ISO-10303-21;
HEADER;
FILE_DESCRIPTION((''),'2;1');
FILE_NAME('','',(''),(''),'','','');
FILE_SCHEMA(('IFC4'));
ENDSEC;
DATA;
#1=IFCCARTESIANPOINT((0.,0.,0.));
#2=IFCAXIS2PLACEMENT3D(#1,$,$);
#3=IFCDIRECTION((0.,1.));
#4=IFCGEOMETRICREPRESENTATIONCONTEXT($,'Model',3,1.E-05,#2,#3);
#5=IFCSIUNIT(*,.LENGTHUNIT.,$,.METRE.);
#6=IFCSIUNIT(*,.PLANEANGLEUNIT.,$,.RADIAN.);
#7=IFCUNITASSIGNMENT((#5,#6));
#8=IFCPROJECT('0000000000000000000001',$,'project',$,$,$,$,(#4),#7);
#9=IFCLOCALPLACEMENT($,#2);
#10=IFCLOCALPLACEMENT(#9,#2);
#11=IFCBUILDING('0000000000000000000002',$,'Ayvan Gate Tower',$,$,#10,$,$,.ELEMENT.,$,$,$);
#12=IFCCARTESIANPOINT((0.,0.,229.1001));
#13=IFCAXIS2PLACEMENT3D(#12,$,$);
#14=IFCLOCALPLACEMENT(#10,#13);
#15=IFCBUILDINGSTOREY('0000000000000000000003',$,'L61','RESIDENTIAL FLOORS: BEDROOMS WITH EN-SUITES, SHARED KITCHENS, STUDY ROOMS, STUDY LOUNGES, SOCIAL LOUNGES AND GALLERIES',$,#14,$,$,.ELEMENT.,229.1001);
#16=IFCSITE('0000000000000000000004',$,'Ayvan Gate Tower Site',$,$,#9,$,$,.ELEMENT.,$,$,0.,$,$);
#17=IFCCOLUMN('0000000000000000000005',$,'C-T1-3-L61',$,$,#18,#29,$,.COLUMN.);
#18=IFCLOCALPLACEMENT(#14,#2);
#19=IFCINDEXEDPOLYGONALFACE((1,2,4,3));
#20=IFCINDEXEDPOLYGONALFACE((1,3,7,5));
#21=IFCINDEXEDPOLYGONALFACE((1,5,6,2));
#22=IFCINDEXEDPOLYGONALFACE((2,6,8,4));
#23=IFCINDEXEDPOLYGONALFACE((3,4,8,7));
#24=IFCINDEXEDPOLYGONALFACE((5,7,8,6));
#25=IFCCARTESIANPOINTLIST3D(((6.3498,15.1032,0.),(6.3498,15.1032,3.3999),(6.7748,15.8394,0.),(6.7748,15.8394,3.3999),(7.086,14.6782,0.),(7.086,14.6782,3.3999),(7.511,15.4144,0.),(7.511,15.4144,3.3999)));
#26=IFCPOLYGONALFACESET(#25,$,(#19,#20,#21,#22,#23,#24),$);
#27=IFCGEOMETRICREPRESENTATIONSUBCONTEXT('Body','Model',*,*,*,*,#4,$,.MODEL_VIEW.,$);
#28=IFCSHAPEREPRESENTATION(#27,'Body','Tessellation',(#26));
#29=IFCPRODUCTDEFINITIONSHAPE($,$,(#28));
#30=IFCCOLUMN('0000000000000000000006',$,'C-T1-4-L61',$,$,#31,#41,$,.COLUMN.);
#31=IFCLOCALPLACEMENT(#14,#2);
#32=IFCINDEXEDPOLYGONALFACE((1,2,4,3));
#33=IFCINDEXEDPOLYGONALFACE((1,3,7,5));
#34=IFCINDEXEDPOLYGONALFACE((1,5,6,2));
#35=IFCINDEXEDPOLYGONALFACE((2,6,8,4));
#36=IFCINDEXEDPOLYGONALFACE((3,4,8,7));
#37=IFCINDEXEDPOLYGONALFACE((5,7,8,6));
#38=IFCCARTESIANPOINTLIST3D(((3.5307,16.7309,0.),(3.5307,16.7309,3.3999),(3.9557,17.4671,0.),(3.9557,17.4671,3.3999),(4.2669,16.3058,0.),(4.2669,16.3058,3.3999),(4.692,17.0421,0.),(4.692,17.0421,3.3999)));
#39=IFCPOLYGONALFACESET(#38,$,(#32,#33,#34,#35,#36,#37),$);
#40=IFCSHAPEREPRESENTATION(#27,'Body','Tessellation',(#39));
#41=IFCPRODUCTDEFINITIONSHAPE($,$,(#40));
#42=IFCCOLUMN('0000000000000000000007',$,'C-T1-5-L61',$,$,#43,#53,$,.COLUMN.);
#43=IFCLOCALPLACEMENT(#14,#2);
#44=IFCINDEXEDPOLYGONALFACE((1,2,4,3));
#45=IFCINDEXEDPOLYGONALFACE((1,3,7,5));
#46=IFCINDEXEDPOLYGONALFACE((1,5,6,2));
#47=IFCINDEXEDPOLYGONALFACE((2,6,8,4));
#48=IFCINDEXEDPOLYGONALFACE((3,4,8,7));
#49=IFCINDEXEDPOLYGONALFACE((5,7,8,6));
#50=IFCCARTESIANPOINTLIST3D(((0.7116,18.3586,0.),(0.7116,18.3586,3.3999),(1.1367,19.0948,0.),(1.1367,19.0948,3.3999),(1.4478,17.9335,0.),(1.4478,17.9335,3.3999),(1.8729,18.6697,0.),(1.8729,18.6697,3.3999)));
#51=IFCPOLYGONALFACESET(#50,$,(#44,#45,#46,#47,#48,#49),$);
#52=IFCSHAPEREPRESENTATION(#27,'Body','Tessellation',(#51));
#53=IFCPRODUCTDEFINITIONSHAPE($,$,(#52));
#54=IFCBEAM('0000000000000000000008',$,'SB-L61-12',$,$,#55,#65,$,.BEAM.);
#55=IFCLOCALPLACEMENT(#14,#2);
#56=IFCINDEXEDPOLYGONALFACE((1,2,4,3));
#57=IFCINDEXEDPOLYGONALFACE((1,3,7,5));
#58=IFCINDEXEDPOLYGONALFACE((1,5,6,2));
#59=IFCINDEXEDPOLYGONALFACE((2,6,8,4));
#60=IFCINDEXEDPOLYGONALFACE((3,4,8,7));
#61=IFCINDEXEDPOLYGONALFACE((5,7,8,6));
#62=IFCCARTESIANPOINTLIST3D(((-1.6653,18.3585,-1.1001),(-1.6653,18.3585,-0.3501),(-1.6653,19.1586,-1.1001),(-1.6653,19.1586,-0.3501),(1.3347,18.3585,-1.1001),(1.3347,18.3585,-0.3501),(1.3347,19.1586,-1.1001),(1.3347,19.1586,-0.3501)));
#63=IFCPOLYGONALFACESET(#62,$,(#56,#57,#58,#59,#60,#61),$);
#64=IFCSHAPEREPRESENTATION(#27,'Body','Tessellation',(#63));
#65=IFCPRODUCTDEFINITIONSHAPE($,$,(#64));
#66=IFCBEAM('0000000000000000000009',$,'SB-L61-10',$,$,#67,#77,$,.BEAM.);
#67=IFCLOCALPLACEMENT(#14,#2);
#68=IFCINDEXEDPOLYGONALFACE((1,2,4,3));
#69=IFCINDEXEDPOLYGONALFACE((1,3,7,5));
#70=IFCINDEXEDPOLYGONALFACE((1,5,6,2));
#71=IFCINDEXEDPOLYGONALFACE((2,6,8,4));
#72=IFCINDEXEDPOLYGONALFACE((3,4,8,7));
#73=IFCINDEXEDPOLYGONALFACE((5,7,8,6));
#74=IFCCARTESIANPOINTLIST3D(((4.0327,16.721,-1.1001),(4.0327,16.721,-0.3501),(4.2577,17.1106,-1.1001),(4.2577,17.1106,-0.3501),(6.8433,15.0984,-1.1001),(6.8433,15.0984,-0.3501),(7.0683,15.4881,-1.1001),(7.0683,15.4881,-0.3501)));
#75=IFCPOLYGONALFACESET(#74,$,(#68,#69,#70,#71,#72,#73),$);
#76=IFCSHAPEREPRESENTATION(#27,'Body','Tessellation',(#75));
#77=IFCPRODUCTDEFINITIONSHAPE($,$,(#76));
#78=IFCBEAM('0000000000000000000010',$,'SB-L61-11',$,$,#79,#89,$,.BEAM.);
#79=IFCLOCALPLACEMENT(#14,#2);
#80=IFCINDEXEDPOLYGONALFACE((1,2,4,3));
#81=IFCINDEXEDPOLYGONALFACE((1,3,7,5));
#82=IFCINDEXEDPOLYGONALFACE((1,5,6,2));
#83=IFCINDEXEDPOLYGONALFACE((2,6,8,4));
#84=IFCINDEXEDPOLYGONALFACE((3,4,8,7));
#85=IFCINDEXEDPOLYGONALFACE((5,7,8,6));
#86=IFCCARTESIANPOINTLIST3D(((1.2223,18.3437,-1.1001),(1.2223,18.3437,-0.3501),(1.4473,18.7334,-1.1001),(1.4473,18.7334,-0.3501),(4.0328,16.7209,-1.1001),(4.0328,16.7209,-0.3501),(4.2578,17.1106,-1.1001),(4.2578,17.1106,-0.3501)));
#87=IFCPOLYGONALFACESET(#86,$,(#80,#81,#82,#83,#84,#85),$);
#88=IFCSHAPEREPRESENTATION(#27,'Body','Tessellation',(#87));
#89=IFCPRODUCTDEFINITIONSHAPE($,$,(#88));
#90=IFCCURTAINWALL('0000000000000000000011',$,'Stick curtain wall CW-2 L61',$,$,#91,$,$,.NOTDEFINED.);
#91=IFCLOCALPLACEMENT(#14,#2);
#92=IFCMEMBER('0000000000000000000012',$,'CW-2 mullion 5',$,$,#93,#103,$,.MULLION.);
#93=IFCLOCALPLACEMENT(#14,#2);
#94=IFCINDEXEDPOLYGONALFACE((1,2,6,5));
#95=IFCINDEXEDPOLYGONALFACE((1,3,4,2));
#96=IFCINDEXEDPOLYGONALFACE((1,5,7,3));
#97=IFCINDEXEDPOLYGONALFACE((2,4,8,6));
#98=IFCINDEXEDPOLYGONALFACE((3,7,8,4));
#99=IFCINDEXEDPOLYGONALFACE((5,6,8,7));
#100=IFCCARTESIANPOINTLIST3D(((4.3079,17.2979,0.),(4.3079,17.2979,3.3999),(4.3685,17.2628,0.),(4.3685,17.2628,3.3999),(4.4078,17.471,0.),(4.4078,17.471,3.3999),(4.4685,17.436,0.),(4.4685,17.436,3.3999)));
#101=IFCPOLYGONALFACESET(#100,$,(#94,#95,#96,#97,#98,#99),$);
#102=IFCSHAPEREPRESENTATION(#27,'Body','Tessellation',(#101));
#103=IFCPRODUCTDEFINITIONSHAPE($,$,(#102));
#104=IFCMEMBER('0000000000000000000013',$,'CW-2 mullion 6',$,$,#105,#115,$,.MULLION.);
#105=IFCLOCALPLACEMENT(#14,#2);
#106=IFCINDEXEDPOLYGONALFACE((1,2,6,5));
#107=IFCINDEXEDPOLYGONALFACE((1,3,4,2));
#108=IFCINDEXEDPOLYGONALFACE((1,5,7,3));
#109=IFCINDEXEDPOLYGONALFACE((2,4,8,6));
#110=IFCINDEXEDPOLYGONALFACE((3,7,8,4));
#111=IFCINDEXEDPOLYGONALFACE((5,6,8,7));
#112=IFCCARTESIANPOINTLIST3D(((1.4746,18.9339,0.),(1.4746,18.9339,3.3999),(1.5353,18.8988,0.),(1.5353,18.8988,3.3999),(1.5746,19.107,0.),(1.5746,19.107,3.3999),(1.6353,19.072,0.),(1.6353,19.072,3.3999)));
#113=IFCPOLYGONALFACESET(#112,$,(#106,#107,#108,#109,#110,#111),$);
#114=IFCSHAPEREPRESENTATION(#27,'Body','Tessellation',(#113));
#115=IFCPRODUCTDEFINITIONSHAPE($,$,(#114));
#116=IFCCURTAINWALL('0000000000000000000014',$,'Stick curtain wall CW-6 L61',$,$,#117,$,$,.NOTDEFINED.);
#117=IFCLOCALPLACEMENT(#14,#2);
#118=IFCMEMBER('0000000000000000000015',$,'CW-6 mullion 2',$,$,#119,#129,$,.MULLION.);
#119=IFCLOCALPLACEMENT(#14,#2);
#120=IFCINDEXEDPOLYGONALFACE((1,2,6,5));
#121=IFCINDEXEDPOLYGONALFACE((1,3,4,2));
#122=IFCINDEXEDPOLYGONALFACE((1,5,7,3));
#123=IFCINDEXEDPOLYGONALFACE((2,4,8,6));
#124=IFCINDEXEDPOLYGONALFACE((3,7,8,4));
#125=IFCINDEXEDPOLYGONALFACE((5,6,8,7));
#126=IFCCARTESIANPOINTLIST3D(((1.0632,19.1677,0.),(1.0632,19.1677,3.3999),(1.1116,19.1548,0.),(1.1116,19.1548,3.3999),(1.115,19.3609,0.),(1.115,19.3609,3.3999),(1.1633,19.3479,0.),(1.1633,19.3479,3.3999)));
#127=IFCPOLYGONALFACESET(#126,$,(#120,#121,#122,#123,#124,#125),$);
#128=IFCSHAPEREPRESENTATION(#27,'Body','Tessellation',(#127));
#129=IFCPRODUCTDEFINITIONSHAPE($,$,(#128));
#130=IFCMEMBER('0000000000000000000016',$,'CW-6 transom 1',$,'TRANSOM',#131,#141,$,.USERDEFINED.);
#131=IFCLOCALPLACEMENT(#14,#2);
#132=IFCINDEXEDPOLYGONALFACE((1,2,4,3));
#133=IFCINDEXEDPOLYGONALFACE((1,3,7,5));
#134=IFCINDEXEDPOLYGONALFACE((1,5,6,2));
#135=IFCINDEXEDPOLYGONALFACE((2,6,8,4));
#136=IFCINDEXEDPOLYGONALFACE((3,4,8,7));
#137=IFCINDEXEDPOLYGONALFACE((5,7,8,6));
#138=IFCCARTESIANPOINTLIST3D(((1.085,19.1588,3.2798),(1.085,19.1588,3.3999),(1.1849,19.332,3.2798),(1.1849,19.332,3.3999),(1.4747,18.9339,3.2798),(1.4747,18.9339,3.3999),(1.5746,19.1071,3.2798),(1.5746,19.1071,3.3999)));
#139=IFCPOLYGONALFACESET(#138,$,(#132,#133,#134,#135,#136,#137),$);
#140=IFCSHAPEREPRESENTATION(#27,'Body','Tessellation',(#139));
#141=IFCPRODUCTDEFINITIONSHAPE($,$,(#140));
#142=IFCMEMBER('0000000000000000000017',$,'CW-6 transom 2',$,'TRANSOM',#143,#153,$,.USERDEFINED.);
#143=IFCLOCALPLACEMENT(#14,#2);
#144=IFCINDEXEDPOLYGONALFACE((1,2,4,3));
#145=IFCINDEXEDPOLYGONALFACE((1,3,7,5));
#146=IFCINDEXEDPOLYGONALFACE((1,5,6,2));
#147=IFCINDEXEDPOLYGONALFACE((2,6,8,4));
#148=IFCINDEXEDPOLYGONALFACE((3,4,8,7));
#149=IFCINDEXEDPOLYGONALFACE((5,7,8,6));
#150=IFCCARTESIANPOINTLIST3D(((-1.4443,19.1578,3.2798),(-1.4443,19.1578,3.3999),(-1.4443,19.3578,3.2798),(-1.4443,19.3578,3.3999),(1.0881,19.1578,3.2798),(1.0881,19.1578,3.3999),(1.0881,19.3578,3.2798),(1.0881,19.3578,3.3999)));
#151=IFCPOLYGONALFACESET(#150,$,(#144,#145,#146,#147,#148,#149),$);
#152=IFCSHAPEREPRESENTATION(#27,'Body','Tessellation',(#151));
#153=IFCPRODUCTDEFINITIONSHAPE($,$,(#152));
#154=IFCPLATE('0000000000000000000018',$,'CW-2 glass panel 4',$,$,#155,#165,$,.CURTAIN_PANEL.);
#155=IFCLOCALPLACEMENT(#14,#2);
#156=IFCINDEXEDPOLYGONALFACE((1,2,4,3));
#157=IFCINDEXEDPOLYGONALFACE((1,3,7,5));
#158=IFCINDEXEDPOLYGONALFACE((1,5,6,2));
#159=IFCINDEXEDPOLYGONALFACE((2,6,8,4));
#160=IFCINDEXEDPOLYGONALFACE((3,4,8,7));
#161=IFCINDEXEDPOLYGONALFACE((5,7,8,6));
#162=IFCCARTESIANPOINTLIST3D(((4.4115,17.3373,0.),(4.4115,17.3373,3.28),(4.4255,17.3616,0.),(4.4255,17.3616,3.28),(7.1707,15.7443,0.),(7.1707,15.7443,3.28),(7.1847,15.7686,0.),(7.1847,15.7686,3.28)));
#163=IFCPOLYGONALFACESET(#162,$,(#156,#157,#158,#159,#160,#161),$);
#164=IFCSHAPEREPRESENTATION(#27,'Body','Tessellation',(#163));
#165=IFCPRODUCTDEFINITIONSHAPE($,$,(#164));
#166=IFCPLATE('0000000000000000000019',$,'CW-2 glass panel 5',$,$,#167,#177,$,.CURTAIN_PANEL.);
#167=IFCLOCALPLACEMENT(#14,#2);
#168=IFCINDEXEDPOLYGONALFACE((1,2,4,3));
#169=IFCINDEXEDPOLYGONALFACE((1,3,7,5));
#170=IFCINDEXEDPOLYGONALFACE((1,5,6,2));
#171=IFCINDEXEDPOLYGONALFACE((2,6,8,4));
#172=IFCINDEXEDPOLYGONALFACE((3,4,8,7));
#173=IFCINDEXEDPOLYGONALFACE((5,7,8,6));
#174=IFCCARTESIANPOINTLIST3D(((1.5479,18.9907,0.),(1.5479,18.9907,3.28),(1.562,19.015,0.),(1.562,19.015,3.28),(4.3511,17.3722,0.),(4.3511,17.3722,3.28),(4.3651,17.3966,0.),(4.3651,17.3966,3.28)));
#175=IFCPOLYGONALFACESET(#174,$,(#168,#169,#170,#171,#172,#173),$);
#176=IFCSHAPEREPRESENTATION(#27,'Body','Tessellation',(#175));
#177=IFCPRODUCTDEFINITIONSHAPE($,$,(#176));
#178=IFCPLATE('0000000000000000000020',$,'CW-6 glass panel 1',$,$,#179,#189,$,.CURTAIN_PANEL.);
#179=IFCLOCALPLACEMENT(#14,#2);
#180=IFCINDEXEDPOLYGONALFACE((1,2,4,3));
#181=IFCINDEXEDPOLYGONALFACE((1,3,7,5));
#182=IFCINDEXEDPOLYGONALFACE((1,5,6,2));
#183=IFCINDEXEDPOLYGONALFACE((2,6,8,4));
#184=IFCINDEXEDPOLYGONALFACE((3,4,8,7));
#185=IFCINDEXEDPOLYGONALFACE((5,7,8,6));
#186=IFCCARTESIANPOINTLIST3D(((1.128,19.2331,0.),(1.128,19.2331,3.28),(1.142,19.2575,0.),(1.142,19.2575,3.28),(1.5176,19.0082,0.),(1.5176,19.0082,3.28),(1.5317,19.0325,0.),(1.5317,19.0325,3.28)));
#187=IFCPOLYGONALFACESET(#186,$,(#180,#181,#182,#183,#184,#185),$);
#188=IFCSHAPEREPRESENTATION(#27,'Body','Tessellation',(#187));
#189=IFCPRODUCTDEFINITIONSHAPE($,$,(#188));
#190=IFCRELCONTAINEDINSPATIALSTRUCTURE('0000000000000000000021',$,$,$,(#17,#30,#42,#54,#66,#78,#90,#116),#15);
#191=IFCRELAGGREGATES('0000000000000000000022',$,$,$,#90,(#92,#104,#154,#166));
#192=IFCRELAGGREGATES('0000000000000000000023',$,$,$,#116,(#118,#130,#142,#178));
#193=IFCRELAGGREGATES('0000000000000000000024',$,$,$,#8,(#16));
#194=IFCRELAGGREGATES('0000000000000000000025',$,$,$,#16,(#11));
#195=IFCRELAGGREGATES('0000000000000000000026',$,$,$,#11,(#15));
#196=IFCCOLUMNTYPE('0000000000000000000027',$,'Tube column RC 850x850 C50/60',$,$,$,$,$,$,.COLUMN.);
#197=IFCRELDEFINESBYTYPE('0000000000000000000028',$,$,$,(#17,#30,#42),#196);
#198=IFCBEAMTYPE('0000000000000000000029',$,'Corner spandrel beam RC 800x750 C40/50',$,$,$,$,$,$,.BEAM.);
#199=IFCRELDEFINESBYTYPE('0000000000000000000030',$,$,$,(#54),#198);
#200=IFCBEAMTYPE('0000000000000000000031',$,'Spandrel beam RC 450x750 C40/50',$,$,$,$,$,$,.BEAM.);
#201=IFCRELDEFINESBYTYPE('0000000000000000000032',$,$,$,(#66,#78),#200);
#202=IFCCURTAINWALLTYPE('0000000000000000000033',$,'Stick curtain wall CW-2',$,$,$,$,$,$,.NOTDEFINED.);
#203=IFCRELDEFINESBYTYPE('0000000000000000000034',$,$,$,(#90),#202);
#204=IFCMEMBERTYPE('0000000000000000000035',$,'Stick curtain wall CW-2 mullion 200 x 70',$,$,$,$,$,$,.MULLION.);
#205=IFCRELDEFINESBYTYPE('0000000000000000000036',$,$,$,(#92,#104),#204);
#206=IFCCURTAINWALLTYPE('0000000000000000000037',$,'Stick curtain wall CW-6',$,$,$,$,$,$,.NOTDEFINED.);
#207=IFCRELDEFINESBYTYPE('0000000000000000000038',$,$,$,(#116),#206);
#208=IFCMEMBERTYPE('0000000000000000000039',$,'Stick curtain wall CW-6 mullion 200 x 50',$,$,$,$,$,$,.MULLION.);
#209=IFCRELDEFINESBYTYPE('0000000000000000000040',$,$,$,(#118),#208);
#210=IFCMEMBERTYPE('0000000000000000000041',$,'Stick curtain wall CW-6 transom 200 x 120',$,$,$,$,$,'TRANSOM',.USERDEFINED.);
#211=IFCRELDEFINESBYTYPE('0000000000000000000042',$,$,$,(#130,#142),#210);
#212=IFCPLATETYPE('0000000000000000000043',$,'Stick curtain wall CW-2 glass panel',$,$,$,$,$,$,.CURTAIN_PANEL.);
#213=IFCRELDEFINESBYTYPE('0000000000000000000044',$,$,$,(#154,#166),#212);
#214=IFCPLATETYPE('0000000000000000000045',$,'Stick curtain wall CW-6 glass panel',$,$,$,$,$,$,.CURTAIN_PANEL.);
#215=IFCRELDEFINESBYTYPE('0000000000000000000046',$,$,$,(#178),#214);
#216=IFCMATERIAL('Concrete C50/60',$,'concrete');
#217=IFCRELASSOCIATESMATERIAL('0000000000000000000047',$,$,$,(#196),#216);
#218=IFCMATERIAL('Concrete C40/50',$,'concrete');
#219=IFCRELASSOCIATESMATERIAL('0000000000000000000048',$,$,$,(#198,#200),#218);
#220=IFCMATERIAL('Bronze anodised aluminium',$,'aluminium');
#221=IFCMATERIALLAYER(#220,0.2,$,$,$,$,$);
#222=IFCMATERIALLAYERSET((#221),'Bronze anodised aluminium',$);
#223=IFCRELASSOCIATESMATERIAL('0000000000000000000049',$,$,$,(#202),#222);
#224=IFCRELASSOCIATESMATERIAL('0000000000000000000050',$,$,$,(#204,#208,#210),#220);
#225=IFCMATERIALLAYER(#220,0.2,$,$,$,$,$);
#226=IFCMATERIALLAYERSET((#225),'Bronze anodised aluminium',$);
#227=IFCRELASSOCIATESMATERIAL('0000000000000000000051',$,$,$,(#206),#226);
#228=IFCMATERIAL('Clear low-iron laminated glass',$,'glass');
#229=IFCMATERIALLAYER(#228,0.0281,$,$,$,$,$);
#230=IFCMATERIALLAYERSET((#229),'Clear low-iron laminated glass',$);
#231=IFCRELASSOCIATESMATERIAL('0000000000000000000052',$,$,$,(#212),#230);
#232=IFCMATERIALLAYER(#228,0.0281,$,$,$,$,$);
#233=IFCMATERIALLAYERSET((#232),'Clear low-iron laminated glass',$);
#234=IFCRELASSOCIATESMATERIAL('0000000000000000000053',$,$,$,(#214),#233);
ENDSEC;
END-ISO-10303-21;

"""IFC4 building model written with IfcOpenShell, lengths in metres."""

from ifc_helpers import new_model, si_unit, direction, frame, origin, origin_2d, place, context, subcontext, project, spatial, rectangle, extrude, material, layer, layer_set, material_profile, profile_set, type_object, element, aggregate, save


model = new_model("IFC4")

# Units and contexts
model_context = context("Model", 3, precision=1e-05, world=origin(), true_north=direction((0.0, 1.0)))
body_context = subcontext(model_context, "Body", "Model", "MODEL_VIEW")
ifc_project = project(units=[si_unit("LENGTHUNIT", "METRE"), si_unit("PLANEANGLEUNIT", "RADIAN")], contexts=[model_context])

# Site, building, storey
site_placement = place(None, origin())
site = spatial("IfcSite", under=ifc_project, at=site_placement, Name="Ayvan Gate Tower Site", CompositionType="ELEMENT", RefElevation=0.0)
building_placement = place(site_placement, origin())
building = spatial("IfcBuilding", under=site, at=building_placement, Name="Ayvan Gate Tower", CompositionType="ELEMENT")
storey_placement = place(building_placement, frame((0.0, 0.0, 229.1001)))
storey = spatial("IfcBuildingStorey", under=building, at=storey_placement, Name="L61", Description="RESIDENTIAL FLOORS: BEDROOMS WITH EN-SUITES, SHARED KITCHENS, STUDY ROOMS, STUDY LOUNGES, SOCIAL LOUNGES AND GALLERIES", CompositionType="ELEMENT", Elevation=229.1001)

# Columns
ifc_material_1 = material(Name="Concrete C50/60", Category="concrete")
ifc_material_profile_1 = material_profile(ifc_material_1, rectangle(XDim=0.8501, YDim=0.8501, at=origin_2d()), Name="RC 850x850")
ifc_profile_set_1 = profile_set([ifc_material_profile_1], Name="Concrete C50/60")
column_type = type_object("IfcColumnType", Name="Tube column RC 850x850 C50/60", PredefinedType="COLUMN", material=ifc_profile_set_1)
for number, where, z_axis, x_axis, name in (
    (1, (6.9304, 15.2588, 0.0), (0.0, 0.0, 1.0), (0.5, 0.866025, 0.0), "C-T1-3-L61"),
    (2, (4.1113, 16.8865, 0.0), (0.0, 0.0, 1.0), (0.5, 0.866025, 0.0), "C-T1-4-L61"),
    (3, (1.2922, 18.5142, 0.0), (0.0, 0.0, 1.0), (0.5, 0.866025, 0.0), "C-T1-5-L61"),
):
    element("IfcColumn", number, at=place(storey_placement, frame(where, z_axis=z_axis, x_axis=x_axis)), inside=storey, type_object=column_type, Name=name, PredefinedType="COLUMN", context=body_context, shape_type="SweptSolid", body=[
        extrude(rectangle(XDim=0.8501, YDim=0.8501, at=origin_2d()), origin(), (0.0, 0.0, 1.0), 3.3999),
    ])

# Beams
ifc_material_2 = material(Name="Concrete C40/50", Category="concrete")
ifc_material_profile_2 = material_profile(ifc_material_2, rectangle(XDim=0.8, YDim=0.75, at=origin_2d()), Name="RC 800x750")
ifc_profile_set_2 = profile_set([ifc_material_profile_2], Name="Concrete C40/50")
beam_type_1 = type_object("IfcBeamType", Name="Corner spandrel beam RC 800x750 C40/50", PredefinedType="BEAM", material=ifc_profile_set_2)
beam_placement = place(storey_placement, frame((1.3347, 18.7585, -0.7251), z_axis=(-1.0, 0.0, 0.0), x_axis=(0.0, -1.0, 0.0)))
element("IfcBeam", 4, at=beam_placement, inside=storey, type_object=beam_type_1, Name="SB-L61-12", PredefinedType="BEAM", context=body_context, shape_type="SweptSolid", body=[
    extrude(rectangle(XDim=0.8, YDim=0.75, at=origin_2d()), origin(), (0.0, 0.0, 1.0), 3.0),
])
ifc_material_profile_3 = material_profile(ifc_material_2, rectangle(XDim=0.45, YDim=0.75, at=origin_2d()), Name="RC 450x750")
ifc_profile_set_3 = profile_set([ifc_material_profile_3], Name="Concrete C40/50")
beam_type_2 = type_object("IfcBeamType", Name="Spandrel beam RC 450x750 C40/50", PredefinedType="BEAM", material=ifc_profile_set_3)
for number, where, z_axis, x_axis, name in (
    (5, (6.9558, 15.2932, -0.7251), (-0.86604, 0.499974, 0.0), (-0.499974, -0.86604, 0.0), "SB-L61-10"),
    (6, (4.1453, 16.9158, -0.7251), (-0.866008, 0.500031, 0.0), (-0.500031, -0.866008, 0.0), "SB-L61-11"),
):
    element("IfcBeam", number, at=place(storey_placement, frame(where, z_axis=z_axis, x_axis=x_axis)), inside=storey, type_object=beam_type_2, Name=name, PredefinedType="BEAM", context=body_context, shape_type="SweptSolid", body=[
        extrude(rectangle(XDim=0.45, YDim=0.75, at=origin_2d()), origin(), (0.0, 0.0, 1.0), 3.2454),
    ])

# Curtain walls, members
ifc_material_3 = material(Name="Bronze anodised aluminium", Category="aluminium")
ifc_layer_1 = layer(ifc_material_3, 0.2)
ifc_layer_set_1 = layer_set([ifc_layer_1], Name="Bronze anodised aluminium")
curtain_wall_type_1 = type_object("IfcCurtainWallType", Name="Stick curtain wall CW-2", PredefinedType="NOTDEFINED", material=ifc_layer_set_1)
curtain_wall_1_placement = place(storey_placement, origin())
curtain_wall_1 = element("IfcCurtainWall", 7, at=curtain_wall_1_placement, inside=storey, type_object=curtain_wall_type_1, Name="Stick curtain wall CW-2 L61", PredefinedType="NOTDEFINED")
ifc_material_profile_4 = material_profile(ifc_material_3, rectangle(XDim=0.2, YDim=0.0701, at=origin_2d()), Name="Stick curtain wall CW-2 mullion 200 x 70")
ifc_profile_set_4 = profile_set([ifc_material_profile_4], Name="Bronze anodised aluminium")
member_type_1 = type_object("IfcMemberType", Name="Stick curtain wall CW-2 mullion 200 x 70", PredefinedType="MULLION", material=ifc_profile_set_4)
member_1_placement = place(storey_placement, frame((4.3882, 17.3669, 0.0), z_axis=(0.0, 0.0, 1.0), x_axis=(0.5, 0.866025, 0.0)))
member_1 = element("IfcMember", 8, at=member_1_placement, type_object=member_type_1, Name="CW-2 mullion 5", PredefinedType="MULLION", context=body_context, shape_type="SweptSolid", body=[
    extrude(rectangle(XDim=0.2, YDim=0.0701, at=origin_2d()), origin(), (0.0, 0.0, 1.0), 3.3999),
])
member_2_placement = place(storey_placement, frame((1.5549, 19.0029, 0.0), z_axis=(0.0, 0.0, 1.0), x_axis=(0.5, 0.866025, 0.0)))
member_2 = element("IfcMember", 9, at=member_2_placement, type_object=member_type_1, Name="CW-2 mullion 6", PredefinedType="MULLION", context=body_context, shape_type="SweptSolid", body=[
    extrude(rectangle(XDim=0.2, YDim=0.0701, at=origin_2d()), origin(), (0.0, 0.0, 1.0), 3.3999),
])
ifc_layer_2 = layer(ifc_material_3, 0.2)
ifc_layer_set_2 = layer_set([ifc_layer_2], Name="Bronze anodised aluminium")
curtain_wall_type_2 = type_object("IfcCurtainWallType", Name="Stick curtain wall CW-6", PredefinedType="NOTDEFINED", material=ifc_layer_set_2)
curtain_wall_2_placement = place(storey_placement, origin())
curtain_wall_2 = element("IfcCurtainWall", 10, at=curtain_wall_2_placement, inside=storey, type_object=curtain_wall_type_2, Name="Stick curtain wall CW-6 L61", PredefinedType="NOTDEFINED")
ifc_material_profile_5 = material_profile(ifc_material_3, rectangle(XDim=0.2, YDim=0.05, at=origin_2d()), Name="Stick curtain wall CW-6 mullion 200 x 50")
ifc_profile_set_5 = profile_set([ifc_material_profile_5], Name="Bronze anodised aluminium")
member_type_2 = type_object("IfcMemberType", Name="Stick curtain wall CW-6 mullion 200 x 50", PredefinedType="MULLION", material=ifc_profile_set_5)
member_3_placement = place(storey_placement, frame((1.1133, 19.2578, 0.0), z_axis=(0.0, 0.0, 1.0), x_axis=(0.258819, 0.965926, 0.0)))
member_3 = element("IfcMember", 11, at=member_3_placement, type_object=member_type_2, Name="CW-6 mullion 2", PredefinedType="MULLION", context=body_context, shape_type="SweptSolid", body=[
    extrude(rectangle(XDim=0.2, YDim=0.05, at=origin_2d()), origin(), (0.0, 0.0, 1.0), 3.3999),
])
ifc_material_profile_6 = material_profile(ifc_material_3, rectangle(XDim=0.2, YDim=0.1201, at=origin_2d()), Name="Stick curtain wall CW-6 transom 200 x 120")
ifc_profile_set_6 = profile_set([ifc_material_profile_6], Name="Bronze anodised aluminium")
member_type_3 = type_object("IfcMemberType", Name="Stick curtain wall CW-6 transom 200 x 120", ElementType="TRANSOM", PredefinedType="USERDEFINED", material=ifc_profile_set_6)
member_4_placement = place(storey_placement, frame((1.5247, 19.0205, 3.3398), z_axis=(-0.866131, 0.499816, 0.0), x_axis=(-0.499816, -0.866131, 0.0)))
member_4 = element("IfcMember", 12, at=member_4_placement, type_object=member_type_3, Name="CW-6 transom 1", ObjectType="TRANSOM", PredefinedType="USERDEFINED", context=body_context, shape_type="SweptSolid", body=[
    extrude(rectangle(XDim=0.2, YDim=0.1201, at=origin_2d()), origin(), (0.0, 0.0, 1.0), 0.45),
])
member_5_placement = place(storey_placement, frame((1.0881, 19.2578, 3.3398), z_axis=(-1.0, 0.0, 0.0), x_axis=(0.0, -1.0, 0.0)))
member_5 = element("IfcMember", 13, at=member_5_placement, type_object=member_type_3, Name="CW-6 transom 2", ObjectType="TRANSOM", PredefinedType="USERDEFINED", context=body_context, shape_type="SweptSolid", body=[
    extrude(rectangle(XDim=0.2, YDim=0.1201, at=origin_2d()), origin(), (0.0, 0.0, 1.0), 2.5325),
])

# Plates
ifc_material_4 = material(Name="Clear low-iron laminated glass", Category="glass")
ifc_layer_3 = layer(ifc_material_4, 0.0281)
ifc_layer_set_3 = layer_set([ifc_layer_3], Name="Clear low-iron laminated glass")
plate_type_1 = type_object("IfcPlateType", Name="Stick curtain wall CW-2 glass panel", PredefinedType="CURTAIN_PANEL", material=ifc_layer_set_3)
plate_1_placement = place(storey_placement, frame((5.7981, 16.553, 0.0), z_axis=(0.0, 0.0, 1.0), x_axis=(-0.866025, 0.5, 0.0)))
plate_1 = element("IfcPlate", 14, at=plate_1_placement, type_object=plate_type_1, Name="CW-2 glass panel 4", PredefinedType="CURTAIN_PANEL", context=body_context, shape_type="SweptSolid", body=[
    extrude(rectangle(XDim=3.186, YDim=0.0281, at=origin_2d()), origin(), (0.0, 0.0, 1.0), 3.28),
])
plate_2_placement = place(storey_placement, frame((2.9565, 18.1936, 0.0), z_axis=(0.0, 0.0, 1.0), x_axis=(-0.866025, 0.5, 0.0)))
plate_2 = element("IfcPlate", 15, at=plate_2_placement, type_object=plate_type_1, Name="CW-2 glass panel 5", PredefinedType="CURTAIN_PANEL", context=body_context, shape_type="SweptSolid", body=[
    extrude(rectangle(XDim=3.2368, YDim=0.0281, at=origin_2d()), origin(), (0.0, 0.0, 1.0), 3.28),
])
aggregate(curtain_wall_1, [member_1, member_2, plate_1, plate_2])
ifc_layer_4 = layer(ifc_material_4, 0.0281)
ifc_layer_set_4 = layer_set([ifc_layer_4], Name="Clear low-iron laminated glass")
plate_type_2 = type_object("IfcPlateType", Name="Stick curtain wall CW-6 glass panel", PredefinedType="CURTAIN_PANEL", material=ifc_layer_set_4)
plate_3_placement = place(storey_placement, frame((1.3298, 19.1328, 0.0), z_axis=(0.0, 0.0, 1.0), x_axis=(-0.866025, 0.5, 0.0)))
plate_3 = element("IfcPlate", 16, at=plate_3_placement, type_object=plate_type_2, Name="CW-6 glass panel 1", PredefinedType="CURTAIN_PANEL", context=body_context, shape_type="SweptSolid", body=[
    extrude(rectangle(XDim=0.45, YDim=0.0281, at=origin_2d()), origin(), (0.0, 0.0, 1.0), 3.28),
])
aggregate(curtain_wall_2, [member_3, member_4, member_5, plate_3])

save(model, "model.ifc")
